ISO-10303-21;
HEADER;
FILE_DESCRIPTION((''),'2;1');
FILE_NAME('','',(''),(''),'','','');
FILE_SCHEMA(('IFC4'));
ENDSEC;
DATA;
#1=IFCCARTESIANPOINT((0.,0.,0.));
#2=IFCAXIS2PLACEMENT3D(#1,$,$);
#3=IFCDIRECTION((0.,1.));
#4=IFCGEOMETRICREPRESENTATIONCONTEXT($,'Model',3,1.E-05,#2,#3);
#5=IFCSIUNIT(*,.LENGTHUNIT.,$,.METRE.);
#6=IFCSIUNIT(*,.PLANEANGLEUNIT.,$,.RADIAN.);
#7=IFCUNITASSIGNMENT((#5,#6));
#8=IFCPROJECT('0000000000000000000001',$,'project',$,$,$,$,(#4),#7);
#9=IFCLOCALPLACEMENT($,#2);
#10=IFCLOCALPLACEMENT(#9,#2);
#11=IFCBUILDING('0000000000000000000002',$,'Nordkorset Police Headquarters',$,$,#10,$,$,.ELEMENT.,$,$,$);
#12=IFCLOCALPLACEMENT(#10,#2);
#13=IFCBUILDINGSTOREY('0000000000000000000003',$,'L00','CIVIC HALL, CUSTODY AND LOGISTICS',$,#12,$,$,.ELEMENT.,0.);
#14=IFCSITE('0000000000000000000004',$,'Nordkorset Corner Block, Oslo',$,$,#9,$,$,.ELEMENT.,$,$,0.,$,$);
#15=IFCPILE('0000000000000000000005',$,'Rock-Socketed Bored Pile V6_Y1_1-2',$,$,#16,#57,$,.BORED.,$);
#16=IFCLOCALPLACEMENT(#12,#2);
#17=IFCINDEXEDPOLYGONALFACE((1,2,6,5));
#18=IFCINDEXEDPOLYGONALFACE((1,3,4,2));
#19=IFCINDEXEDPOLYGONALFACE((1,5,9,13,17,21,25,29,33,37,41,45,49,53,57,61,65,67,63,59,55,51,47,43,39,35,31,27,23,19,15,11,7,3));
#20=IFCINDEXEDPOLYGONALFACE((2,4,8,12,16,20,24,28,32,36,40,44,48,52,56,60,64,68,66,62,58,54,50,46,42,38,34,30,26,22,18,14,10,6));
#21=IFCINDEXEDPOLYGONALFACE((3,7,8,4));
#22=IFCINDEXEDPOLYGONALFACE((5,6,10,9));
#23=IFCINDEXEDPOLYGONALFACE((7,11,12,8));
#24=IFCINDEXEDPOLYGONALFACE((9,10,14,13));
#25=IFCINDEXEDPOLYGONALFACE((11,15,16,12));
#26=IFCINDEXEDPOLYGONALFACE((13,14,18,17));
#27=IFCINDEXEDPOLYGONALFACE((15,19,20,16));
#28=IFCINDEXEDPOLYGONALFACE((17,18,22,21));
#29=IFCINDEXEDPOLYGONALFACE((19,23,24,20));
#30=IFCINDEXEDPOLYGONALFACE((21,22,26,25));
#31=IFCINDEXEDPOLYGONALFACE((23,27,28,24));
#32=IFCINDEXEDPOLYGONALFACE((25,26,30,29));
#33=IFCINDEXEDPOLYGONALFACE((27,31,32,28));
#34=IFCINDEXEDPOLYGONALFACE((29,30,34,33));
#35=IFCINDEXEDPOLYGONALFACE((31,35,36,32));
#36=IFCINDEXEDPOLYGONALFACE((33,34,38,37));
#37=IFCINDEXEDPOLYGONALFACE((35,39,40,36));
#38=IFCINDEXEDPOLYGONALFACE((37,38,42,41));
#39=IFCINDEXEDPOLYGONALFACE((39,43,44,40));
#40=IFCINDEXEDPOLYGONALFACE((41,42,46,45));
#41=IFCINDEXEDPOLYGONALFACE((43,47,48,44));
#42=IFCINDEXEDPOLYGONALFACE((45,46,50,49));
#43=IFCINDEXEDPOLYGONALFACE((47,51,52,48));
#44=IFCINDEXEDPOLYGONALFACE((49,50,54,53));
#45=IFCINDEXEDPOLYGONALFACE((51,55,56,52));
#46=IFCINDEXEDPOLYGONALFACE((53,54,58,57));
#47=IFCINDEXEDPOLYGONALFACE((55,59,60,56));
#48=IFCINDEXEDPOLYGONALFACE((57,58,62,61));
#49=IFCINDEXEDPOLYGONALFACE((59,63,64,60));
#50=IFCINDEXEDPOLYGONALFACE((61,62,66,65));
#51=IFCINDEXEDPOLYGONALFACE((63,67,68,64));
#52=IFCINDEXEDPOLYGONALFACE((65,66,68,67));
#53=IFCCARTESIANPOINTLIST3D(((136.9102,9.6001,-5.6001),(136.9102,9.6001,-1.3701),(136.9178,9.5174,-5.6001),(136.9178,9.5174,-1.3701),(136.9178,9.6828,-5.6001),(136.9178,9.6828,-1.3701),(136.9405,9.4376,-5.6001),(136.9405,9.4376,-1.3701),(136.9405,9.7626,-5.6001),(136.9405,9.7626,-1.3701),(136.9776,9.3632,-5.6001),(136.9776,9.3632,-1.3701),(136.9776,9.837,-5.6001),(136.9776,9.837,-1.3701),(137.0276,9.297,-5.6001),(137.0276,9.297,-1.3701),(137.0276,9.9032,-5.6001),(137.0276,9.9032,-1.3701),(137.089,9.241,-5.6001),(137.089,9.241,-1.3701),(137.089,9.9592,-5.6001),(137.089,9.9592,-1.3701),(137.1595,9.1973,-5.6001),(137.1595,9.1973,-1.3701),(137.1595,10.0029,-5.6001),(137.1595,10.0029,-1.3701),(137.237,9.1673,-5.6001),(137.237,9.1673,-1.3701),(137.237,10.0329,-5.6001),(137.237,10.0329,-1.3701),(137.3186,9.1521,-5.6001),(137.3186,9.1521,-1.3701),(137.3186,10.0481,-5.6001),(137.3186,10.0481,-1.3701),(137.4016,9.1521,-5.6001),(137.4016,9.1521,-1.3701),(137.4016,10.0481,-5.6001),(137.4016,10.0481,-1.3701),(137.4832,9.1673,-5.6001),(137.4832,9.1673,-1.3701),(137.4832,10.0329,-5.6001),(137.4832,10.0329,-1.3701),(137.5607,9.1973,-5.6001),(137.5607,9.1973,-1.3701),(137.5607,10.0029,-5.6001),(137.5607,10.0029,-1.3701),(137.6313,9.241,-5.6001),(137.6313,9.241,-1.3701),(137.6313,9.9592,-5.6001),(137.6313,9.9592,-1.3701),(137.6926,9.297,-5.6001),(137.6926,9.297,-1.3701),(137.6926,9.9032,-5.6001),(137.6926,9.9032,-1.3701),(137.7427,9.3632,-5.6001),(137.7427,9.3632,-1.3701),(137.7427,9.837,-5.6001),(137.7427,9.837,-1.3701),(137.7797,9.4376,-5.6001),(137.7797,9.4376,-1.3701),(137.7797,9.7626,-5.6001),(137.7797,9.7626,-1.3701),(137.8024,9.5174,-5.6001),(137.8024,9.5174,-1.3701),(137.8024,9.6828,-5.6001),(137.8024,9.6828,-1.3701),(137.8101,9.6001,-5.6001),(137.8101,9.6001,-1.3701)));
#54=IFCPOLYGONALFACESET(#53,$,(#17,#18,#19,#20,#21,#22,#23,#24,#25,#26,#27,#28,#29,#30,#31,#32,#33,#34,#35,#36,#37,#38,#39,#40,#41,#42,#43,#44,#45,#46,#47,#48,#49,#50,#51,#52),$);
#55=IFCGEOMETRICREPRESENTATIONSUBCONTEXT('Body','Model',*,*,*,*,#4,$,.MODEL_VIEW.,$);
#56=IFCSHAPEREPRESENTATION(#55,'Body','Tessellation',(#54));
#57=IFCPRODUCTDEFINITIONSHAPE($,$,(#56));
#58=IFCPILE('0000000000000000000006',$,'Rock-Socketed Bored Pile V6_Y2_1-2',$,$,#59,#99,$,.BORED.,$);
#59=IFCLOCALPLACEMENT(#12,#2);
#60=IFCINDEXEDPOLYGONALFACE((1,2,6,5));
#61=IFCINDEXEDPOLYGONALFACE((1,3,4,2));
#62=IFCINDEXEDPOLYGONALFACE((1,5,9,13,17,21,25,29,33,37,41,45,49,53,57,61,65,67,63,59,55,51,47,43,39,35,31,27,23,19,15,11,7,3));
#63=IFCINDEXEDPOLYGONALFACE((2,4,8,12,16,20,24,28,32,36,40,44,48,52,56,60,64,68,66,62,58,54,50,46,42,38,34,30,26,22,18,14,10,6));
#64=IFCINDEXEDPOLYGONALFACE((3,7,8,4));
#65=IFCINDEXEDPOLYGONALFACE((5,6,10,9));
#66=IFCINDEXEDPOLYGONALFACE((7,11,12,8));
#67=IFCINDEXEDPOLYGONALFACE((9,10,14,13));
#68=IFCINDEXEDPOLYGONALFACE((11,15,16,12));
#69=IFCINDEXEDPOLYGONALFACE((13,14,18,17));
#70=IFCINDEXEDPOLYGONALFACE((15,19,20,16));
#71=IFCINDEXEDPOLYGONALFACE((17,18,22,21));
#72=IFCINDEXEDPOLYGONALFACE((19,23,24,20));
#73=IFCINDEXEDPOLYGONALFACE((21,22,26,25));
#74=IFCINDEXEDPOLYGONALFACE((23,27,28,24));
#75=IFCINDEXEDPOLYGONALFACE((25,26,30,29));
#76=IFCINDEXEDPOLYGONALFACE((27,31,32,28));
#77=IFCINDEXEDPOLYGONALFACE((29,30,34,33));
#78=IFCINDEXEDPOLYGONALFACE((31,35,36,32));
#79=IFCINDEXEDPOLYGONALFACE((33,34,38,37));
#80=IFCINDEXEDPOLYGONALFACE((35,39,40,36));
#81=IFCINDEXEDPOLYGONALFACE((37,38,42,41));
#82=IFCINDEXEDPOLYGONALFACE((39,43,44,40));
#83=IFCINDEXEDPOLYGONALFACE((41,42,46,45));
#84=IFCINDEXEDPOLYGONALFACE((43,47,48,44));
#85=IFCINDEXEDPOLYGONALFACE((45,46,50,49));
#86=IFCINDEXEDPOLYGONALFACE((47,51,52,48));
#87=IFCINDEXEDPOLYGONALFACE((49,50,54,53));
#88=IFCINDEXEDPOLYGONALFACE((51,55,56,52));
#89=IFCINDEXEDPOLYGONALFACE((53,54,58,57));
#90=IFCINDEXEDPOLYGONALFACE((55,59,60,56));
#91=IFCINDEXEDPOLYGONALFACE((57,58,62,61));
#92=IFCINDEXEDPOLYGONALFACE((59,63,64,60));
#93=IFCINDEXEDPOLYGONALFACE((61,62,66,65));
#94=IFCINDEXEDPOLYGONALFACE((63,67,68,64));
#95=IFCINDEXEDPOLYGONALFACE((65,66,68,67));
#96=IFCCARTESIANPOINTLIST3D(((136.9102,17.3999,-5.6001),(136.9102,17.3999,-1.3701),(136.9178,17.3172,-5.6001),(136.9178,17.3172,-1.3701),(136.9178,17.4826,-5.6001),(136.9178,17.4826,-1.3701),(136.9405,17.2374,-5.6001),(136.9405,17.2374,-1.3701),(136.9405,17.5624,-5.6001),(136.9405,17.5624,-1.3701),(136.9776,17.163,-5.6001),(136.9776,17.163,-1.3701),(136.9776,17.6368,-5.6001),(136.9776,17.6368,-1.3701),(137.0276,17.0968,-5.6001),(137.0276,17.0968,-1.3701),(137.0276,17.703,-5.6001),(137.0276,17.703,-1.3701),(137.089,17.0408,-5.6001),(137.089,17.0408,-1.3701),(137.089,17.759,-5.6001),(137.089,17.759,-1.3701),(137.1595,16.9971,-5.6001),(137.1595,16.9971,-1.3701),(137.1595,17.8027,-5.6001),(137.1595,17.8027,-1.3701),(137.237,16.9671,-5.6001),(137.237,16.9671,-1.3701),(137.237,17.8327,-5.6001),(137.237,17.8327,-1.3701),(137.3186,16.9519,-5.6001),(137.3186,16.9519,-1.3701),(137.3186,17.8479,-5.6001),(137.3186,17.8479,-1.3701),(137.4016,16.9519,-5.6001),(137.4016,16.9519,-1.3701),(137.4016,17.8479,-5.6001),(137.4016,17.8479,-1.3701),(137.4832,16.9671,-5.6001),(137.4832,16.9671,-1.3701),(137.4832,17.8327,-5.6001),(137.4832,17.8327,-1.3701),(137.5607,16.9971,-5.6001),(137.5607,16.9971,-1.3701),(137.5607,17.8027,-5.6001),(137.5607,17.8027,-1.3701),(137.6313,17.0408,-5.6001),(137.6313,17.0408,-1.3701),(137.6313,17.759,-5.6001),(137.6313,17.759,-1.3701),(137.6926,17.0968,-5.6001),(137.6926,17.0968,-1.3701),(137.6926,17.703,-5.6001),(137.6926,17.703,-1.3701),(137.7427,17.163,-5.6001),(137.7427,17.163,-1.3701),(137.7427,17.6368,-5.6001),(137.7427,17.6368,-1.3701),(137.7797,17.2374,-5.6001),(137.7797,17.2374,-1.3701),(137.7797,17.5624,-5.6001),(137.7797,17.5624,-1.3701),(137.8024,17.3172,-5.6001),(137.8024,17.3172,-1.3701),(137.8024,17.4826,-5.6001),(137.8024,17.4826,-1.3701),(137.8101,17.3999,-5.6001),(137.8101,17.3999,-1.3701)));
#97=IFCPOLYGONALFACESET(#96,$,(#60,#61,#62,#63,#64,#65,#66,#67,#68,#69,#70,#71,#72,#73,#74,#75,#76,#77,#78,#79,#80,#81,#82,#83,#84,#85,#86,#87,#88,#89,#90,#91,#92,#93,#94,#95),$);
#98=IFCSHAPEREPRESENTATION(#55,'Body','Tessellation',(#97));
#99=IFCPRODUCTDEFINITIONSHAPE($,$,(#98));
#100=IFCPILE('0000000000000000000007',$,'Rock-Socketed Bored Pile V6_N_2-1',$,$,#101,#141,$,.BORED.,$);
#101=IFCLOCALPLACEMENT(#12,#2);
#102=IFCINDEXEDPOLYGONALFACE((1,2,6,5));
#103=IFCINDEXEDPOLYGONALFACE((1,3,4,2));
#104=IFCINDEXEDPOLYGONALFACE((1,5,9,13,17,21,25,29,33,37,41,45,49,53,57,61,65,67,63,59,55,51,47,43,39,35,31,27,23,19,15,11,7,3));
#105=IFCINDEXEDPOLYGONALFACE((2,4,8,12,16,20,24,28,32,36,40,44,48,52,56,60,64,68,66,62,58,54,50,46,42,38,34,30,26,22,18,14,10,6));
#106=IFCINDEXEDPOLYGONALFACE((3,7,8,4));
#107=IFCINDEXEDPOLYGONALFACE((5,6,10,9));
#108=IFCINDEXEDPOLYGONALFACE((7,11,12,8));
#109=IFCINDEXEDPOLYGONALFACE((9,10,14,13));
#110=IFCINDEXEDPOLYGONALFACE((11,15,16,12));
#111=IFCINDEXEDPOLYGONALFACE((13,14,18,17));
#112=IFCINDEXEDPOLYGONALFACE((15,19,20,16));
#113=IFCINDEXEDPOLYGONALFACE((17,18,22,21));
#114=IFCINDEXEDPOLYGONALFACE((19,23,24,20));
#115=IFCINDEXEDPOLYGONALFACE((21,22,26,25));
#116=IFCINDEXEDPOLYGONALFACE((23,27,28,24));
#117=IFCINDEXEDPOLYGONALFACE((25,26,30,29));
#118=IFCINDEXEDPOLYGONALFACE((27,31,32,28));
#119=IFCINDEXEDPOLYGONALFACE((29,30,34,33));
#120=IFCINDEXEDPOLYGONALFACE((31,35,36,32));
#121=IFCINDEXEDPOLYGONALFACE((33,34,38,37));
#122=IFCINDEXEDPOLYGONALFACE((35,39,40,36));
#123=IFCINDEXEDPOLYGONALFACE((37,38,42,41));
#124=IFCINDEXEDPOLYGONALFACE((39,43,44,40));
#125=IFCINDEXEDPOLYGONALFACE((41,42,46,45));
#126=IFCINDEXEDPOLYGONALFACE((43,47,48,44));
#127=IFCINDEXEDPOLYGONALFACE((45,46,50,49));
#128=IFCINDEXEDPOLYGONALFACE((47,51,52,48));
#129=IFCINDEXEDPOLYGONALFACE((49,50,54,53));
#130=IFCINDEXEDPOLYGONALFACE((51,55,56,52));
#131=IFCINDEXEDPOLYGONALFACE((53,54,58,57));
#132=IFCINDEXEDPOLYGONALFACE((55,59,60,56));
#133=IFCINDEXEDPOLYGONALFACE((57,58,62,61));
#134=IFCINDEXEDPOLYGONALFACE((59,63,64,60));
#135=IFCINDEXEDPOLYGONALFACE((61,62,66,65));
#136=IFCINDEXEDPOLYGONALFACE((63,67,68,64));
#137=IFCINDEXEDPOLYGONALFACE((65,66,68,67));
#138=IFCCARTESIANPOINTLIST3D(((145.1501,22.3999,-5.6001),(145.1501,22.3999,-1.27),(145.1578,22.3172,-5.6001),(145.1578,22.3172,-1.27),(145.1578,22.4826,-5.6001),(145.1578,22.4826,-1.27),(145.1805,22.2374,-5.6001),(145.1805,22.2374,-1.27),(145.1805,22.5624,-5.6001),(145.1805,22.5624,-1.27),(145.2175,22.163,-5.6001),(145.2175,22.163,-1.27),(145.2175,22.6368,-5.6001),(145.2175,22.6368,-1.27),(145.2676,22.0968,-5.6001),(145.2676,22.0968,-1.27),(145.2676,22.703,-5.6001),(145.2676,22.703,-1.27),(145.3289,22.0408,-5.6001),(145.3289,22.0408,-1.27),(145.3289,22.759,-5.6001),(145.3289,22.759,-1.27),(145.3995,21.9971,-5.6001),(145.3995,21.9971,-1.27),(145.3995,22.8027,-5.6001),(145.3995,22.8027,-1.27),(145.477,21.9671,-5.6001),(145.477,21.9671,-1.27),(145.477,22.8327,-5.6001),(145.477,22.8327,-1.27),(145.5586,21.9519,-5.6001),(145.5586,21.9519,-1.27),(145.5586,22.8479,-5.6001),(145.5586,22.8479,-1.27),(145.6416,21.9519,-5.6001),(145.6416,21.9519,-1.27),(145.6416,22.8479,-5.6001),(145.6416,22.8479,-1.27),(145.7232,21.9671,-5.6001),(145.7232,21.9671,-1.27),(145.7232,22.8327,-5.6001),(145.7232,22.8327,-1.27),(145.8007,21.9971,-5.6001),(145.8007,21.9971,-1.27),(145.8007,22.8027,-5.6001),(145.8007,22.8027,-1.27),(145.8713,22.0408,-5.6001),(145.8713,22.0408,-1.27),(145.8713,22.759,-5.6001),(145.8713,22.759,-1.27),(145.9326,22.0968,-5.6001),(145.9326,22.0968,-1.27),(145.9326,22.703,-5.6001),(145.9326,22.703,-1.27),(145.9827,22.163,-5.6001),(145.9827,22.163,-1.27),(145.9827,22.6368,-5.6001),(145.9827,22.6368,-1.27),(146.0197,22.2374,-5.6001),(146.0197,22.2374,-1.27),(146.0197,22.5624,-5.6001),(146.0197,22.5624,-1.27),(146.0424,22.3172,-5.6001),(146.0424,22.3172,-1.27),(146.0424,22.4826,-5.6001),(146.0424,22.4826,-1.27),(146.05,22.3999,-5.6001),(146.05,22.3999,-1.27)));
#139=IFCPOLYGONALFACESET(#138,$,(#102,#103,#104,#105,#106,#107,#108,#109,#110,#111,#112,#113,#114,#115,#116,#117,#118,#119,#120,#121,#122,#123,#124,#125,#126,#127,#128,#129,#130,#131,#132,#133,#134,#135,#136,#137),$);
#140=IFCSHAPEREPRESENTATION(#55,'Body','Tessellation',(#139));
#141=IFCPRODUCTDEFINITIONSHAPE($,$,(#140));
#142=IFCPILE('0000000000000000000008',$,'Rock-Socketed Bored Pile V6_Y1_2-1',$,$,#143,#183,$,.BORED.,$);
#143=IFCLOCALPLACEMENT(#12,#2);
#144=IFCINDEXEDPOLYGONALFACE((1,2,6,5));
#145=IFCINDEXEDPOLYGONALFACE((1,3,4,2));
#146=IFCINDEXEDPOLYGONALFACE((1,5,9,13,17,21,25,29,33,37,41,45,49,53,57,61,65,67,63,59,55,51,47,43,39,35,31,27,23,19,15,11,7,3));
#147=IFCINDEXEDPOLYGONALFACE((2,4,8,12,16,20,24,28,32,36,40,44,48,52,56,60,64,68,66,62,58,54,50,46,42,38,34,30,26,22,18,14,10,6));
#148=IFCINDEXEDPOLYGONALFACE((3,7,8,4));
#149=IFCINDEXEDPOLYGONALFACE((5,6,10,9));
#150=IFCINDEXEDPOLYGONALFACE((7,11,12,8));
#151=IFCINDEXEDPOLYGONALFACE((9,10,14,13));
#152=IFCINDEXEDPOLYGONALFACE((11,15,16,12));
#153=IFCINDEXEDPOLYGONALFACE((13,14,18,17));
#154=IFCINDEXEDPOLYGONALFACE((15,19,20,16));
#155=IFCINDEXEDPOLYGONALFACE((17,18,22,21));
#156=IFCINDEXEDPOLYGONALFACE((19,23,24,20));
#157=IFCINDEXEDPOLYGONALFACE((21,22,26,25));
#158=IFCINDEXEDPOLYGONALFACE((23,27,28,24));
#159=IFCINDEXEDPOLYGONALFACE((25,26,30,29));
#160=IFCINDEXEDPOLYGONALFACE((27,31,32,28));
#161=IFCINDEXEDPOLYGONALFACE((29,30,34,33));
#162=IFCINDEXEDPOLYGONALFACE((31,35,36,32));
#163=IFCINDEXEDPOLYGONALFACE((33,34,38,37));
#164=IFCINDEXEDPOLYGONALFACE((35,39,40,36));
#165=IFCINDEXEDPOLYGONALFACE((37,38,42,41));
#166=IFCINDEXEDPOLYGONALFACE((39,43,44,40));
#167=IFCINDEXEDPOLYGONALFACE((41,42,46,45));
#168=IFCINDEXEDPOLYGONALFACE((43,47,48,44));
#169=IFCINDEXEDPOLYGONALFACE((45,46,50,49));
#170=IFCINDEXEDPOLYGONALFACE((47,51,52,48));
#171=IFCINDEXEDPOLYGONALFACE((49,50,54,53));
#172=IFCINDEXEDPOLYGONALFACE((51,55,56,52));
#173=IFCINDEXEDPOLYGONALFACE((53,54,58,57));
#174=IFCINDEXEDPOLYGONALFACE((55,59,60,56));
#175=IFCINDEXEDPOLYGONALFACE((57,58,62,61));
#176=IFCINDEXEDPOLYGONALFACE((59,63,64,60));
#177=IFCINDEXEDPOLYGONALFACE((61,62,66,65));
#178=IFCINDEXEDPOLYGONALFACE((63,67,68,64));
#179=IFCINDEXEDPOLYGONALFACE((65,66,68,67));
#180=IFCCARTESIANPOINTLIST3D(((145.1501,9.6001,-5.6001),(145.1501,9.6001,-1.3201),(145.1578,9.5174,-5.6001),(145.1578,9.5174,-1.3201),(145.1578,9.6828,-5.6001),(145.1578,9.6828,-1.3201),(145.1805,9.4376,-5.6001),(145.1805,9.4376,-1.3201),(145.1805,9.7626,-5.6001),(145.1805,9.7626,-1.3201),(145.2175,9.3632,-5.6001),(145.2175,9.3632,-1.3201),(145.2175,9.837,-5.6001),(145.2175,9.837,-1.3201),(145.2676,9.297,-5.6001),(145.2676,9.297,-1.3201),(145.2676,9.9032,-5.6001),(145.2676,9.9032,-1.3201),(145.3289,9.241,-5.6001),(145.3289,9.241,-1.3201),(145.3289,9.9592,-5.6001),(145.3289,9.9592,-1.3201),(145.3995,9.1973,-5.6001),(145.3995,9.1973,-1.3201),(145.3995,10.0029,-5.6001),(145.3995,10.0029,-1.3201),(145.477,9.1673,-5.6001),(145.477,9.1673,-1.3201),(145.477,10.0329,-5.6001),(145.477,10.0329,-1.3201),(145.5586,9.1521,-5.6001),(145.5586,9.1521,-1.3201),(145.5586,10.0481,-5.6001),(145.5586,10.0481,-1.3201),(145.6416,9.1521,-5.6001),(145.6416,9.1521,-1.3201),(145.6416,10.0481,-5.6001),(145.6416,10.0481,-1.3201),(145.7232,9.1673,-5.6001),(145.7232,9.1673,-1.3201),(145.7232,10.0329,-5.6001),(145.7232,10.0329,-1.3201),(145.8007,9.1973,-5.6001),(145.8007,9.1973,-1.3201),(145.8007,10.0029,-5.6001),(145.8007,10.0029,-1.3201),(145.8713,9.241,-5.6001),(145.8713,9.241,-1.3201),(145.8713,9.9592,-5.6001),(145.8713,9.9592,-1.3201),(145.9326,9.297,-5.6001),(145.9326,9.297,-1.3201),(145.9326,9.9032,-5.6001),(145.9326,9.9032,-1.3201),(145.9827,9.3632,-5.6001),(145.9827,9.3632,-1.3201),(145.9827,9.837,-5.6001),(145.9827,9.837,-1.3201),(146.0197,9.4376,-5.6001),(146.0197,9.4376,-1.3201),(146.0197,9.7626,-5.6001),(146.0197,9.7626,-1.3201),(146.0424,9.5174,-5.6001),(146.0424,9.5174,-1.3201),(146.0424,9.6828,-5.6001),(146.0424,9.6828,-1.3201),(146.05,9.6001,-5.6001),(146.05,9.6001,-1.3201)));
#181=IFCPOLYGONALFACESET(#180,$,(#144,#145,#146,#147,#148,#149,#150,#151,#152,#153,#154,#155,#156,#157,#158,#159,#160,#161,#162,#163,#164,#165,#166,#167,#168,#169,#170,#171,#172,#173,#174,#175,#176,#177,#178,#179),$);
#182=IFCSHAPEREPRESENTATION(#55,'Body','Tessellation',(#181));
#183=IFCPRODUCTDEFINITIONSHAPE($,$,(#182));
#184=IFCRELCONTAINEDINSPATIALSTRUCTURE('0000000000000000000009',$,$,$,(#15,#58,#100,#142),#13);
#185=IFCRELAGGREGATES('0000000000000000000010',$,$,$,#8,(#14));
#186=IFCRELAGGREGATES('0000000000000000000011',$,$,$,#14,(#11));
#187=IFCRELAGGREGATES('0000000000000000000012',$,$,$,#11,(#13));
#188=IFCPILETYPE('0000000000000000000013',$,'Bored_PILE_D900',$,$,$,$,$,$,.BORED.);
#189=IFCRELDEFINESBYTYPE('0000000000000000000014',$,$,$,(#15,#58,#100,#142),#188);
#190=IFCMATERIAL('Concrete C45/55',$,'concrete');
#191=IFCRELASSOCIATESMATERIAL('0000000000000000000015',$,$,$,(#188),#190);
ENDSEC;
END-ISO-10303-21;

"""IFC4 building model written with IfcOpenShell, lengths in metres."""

from ifc_helpers import new_model, si_unit, direction, frame, origin, origin_2d, place, context, subcontext, project, spatial, circle, extrude, material, material_profile, profile_set, type_object, element, save


model = new_model("IFC4")

# Units and contexts
model_context = context("Model", 3, precision=1e-05, world=origin(), true_north=direction((0.0, 1.0)))
body_context = subcontext(model_context, "Body", "Model", "MODEL_VIEW")
ifc_project = project(units=[si_unit("LENGTHUNIT", "METRE"), si_unit("PLANEANGLEUNIT", "RADIAN")], contexts=[model_context])

# Site, building, storey
site_placement = place(None, origin())
site = spatial("IfcSite", under=ifc_project, at=site_placement, Name="Nordkorset Corner Block, Oslo", CompositionType="ELEMENT", RefElevation=0.0)
building_placement = place(site_placement, origin())
building = spatial("IfcBuilding", under=site, at=building_placement, Name="Nordkorset Police Headquarters", CompositionType="ELEMENT")
storey_placement = place(building_placement, origin())
storey = spatial("IfcBuildingStorey", under=building, at=storey_placement, Name="L00", Description="CIVIC HALL, CUSTODY AND LOGISTICS", CompositionType="ELEMENT", Elevation=0.0)

# Piles
ifc_material_1 = material(Name="Concrete C45/55", Category="concrete")
ifc_material_profile_1 = material_profile(ifc_material_1, circle(Radius=0.45, at=origin_2d()), Name="PILE D900")
ifc_profile_set_1 = profile_set([ifc_material_profile_1], Name="Concrete C45/55")
pile_type = type_object("IfcPileType", Name="Bored_PILE_D900", PredefinedType="BORED", material=ifc_profile_set_1)
for number, where, z_axis, x_axis, name in (
    (1, (137.3601, 9.6001, -1.3701), (0.0, 0.0, -1.0), (1.0, 0.0, 0.0), "Rock-Socketed Bored Pile V6_Y1_1-2"),
    (2, (137.3601, 17.3999, -1.3701), (0.0, 0.0, -1.0), (1.0, 0.0, 0.0), "Rock-Socketed Bored Pile V6_Y2_1-2"),
):
    element("IfcPile", number, at=place(storey_placement, frame(where, z_axis=z_axis, x_axis=x_axis)), inside=storey, type_object=pile_type, Name=name, PredefinedType="BORED", context=body_context, shape_type="SweptSolid", body=[
        extrude(circle(Radius=0.45, at=origin_2d()), origin(), (0.0, 0.0, 1.0), 4.23),
    ])
pile_placement = place(storey_placement, frame((145.6001, 22.3999, -1.27), z_axis=(0.0, 0.0, -1.0), x_axis=(1.0, 0.0, 0.0)))
element("IfcPile", 3, at=pile_placement, inside=storey, type_object=pile_type, Name="Rock-Socketed Bored Pile V6_N_2-1", PredefinedType="BORED", context=body_context, shape_type="SweptSolid", body=[
    extrude(circle(Radius=0.45, at=origin_2d()), origin(), (0.0, 0.0, 1.0), 4.3301),
])
for number, where, z_axis, x_axis, name in (
    (4, (145.6001, 9.6001, -1.3201), (0.0, 0.0, -1.0), (1.0, 0.0, 0.0), "Rock-Socketed Bored Pile V6_Y1_2-1"),
):
    element("IfcPile", number, at=place(storey_placement, frame(where, z_axis=z_axis, x_axis=x_axis)), inside=storey, type_object=pile_type, Name=name, PredefinedType="BORED", context=body_context, shape_type="SweptSolid", body=[
        extrude(circle(Radius=0.45, at=origin_2d()), origin(), (0.0, 0.0, 1.0), 4.28),
    ])

save(model, "model.ifc")
